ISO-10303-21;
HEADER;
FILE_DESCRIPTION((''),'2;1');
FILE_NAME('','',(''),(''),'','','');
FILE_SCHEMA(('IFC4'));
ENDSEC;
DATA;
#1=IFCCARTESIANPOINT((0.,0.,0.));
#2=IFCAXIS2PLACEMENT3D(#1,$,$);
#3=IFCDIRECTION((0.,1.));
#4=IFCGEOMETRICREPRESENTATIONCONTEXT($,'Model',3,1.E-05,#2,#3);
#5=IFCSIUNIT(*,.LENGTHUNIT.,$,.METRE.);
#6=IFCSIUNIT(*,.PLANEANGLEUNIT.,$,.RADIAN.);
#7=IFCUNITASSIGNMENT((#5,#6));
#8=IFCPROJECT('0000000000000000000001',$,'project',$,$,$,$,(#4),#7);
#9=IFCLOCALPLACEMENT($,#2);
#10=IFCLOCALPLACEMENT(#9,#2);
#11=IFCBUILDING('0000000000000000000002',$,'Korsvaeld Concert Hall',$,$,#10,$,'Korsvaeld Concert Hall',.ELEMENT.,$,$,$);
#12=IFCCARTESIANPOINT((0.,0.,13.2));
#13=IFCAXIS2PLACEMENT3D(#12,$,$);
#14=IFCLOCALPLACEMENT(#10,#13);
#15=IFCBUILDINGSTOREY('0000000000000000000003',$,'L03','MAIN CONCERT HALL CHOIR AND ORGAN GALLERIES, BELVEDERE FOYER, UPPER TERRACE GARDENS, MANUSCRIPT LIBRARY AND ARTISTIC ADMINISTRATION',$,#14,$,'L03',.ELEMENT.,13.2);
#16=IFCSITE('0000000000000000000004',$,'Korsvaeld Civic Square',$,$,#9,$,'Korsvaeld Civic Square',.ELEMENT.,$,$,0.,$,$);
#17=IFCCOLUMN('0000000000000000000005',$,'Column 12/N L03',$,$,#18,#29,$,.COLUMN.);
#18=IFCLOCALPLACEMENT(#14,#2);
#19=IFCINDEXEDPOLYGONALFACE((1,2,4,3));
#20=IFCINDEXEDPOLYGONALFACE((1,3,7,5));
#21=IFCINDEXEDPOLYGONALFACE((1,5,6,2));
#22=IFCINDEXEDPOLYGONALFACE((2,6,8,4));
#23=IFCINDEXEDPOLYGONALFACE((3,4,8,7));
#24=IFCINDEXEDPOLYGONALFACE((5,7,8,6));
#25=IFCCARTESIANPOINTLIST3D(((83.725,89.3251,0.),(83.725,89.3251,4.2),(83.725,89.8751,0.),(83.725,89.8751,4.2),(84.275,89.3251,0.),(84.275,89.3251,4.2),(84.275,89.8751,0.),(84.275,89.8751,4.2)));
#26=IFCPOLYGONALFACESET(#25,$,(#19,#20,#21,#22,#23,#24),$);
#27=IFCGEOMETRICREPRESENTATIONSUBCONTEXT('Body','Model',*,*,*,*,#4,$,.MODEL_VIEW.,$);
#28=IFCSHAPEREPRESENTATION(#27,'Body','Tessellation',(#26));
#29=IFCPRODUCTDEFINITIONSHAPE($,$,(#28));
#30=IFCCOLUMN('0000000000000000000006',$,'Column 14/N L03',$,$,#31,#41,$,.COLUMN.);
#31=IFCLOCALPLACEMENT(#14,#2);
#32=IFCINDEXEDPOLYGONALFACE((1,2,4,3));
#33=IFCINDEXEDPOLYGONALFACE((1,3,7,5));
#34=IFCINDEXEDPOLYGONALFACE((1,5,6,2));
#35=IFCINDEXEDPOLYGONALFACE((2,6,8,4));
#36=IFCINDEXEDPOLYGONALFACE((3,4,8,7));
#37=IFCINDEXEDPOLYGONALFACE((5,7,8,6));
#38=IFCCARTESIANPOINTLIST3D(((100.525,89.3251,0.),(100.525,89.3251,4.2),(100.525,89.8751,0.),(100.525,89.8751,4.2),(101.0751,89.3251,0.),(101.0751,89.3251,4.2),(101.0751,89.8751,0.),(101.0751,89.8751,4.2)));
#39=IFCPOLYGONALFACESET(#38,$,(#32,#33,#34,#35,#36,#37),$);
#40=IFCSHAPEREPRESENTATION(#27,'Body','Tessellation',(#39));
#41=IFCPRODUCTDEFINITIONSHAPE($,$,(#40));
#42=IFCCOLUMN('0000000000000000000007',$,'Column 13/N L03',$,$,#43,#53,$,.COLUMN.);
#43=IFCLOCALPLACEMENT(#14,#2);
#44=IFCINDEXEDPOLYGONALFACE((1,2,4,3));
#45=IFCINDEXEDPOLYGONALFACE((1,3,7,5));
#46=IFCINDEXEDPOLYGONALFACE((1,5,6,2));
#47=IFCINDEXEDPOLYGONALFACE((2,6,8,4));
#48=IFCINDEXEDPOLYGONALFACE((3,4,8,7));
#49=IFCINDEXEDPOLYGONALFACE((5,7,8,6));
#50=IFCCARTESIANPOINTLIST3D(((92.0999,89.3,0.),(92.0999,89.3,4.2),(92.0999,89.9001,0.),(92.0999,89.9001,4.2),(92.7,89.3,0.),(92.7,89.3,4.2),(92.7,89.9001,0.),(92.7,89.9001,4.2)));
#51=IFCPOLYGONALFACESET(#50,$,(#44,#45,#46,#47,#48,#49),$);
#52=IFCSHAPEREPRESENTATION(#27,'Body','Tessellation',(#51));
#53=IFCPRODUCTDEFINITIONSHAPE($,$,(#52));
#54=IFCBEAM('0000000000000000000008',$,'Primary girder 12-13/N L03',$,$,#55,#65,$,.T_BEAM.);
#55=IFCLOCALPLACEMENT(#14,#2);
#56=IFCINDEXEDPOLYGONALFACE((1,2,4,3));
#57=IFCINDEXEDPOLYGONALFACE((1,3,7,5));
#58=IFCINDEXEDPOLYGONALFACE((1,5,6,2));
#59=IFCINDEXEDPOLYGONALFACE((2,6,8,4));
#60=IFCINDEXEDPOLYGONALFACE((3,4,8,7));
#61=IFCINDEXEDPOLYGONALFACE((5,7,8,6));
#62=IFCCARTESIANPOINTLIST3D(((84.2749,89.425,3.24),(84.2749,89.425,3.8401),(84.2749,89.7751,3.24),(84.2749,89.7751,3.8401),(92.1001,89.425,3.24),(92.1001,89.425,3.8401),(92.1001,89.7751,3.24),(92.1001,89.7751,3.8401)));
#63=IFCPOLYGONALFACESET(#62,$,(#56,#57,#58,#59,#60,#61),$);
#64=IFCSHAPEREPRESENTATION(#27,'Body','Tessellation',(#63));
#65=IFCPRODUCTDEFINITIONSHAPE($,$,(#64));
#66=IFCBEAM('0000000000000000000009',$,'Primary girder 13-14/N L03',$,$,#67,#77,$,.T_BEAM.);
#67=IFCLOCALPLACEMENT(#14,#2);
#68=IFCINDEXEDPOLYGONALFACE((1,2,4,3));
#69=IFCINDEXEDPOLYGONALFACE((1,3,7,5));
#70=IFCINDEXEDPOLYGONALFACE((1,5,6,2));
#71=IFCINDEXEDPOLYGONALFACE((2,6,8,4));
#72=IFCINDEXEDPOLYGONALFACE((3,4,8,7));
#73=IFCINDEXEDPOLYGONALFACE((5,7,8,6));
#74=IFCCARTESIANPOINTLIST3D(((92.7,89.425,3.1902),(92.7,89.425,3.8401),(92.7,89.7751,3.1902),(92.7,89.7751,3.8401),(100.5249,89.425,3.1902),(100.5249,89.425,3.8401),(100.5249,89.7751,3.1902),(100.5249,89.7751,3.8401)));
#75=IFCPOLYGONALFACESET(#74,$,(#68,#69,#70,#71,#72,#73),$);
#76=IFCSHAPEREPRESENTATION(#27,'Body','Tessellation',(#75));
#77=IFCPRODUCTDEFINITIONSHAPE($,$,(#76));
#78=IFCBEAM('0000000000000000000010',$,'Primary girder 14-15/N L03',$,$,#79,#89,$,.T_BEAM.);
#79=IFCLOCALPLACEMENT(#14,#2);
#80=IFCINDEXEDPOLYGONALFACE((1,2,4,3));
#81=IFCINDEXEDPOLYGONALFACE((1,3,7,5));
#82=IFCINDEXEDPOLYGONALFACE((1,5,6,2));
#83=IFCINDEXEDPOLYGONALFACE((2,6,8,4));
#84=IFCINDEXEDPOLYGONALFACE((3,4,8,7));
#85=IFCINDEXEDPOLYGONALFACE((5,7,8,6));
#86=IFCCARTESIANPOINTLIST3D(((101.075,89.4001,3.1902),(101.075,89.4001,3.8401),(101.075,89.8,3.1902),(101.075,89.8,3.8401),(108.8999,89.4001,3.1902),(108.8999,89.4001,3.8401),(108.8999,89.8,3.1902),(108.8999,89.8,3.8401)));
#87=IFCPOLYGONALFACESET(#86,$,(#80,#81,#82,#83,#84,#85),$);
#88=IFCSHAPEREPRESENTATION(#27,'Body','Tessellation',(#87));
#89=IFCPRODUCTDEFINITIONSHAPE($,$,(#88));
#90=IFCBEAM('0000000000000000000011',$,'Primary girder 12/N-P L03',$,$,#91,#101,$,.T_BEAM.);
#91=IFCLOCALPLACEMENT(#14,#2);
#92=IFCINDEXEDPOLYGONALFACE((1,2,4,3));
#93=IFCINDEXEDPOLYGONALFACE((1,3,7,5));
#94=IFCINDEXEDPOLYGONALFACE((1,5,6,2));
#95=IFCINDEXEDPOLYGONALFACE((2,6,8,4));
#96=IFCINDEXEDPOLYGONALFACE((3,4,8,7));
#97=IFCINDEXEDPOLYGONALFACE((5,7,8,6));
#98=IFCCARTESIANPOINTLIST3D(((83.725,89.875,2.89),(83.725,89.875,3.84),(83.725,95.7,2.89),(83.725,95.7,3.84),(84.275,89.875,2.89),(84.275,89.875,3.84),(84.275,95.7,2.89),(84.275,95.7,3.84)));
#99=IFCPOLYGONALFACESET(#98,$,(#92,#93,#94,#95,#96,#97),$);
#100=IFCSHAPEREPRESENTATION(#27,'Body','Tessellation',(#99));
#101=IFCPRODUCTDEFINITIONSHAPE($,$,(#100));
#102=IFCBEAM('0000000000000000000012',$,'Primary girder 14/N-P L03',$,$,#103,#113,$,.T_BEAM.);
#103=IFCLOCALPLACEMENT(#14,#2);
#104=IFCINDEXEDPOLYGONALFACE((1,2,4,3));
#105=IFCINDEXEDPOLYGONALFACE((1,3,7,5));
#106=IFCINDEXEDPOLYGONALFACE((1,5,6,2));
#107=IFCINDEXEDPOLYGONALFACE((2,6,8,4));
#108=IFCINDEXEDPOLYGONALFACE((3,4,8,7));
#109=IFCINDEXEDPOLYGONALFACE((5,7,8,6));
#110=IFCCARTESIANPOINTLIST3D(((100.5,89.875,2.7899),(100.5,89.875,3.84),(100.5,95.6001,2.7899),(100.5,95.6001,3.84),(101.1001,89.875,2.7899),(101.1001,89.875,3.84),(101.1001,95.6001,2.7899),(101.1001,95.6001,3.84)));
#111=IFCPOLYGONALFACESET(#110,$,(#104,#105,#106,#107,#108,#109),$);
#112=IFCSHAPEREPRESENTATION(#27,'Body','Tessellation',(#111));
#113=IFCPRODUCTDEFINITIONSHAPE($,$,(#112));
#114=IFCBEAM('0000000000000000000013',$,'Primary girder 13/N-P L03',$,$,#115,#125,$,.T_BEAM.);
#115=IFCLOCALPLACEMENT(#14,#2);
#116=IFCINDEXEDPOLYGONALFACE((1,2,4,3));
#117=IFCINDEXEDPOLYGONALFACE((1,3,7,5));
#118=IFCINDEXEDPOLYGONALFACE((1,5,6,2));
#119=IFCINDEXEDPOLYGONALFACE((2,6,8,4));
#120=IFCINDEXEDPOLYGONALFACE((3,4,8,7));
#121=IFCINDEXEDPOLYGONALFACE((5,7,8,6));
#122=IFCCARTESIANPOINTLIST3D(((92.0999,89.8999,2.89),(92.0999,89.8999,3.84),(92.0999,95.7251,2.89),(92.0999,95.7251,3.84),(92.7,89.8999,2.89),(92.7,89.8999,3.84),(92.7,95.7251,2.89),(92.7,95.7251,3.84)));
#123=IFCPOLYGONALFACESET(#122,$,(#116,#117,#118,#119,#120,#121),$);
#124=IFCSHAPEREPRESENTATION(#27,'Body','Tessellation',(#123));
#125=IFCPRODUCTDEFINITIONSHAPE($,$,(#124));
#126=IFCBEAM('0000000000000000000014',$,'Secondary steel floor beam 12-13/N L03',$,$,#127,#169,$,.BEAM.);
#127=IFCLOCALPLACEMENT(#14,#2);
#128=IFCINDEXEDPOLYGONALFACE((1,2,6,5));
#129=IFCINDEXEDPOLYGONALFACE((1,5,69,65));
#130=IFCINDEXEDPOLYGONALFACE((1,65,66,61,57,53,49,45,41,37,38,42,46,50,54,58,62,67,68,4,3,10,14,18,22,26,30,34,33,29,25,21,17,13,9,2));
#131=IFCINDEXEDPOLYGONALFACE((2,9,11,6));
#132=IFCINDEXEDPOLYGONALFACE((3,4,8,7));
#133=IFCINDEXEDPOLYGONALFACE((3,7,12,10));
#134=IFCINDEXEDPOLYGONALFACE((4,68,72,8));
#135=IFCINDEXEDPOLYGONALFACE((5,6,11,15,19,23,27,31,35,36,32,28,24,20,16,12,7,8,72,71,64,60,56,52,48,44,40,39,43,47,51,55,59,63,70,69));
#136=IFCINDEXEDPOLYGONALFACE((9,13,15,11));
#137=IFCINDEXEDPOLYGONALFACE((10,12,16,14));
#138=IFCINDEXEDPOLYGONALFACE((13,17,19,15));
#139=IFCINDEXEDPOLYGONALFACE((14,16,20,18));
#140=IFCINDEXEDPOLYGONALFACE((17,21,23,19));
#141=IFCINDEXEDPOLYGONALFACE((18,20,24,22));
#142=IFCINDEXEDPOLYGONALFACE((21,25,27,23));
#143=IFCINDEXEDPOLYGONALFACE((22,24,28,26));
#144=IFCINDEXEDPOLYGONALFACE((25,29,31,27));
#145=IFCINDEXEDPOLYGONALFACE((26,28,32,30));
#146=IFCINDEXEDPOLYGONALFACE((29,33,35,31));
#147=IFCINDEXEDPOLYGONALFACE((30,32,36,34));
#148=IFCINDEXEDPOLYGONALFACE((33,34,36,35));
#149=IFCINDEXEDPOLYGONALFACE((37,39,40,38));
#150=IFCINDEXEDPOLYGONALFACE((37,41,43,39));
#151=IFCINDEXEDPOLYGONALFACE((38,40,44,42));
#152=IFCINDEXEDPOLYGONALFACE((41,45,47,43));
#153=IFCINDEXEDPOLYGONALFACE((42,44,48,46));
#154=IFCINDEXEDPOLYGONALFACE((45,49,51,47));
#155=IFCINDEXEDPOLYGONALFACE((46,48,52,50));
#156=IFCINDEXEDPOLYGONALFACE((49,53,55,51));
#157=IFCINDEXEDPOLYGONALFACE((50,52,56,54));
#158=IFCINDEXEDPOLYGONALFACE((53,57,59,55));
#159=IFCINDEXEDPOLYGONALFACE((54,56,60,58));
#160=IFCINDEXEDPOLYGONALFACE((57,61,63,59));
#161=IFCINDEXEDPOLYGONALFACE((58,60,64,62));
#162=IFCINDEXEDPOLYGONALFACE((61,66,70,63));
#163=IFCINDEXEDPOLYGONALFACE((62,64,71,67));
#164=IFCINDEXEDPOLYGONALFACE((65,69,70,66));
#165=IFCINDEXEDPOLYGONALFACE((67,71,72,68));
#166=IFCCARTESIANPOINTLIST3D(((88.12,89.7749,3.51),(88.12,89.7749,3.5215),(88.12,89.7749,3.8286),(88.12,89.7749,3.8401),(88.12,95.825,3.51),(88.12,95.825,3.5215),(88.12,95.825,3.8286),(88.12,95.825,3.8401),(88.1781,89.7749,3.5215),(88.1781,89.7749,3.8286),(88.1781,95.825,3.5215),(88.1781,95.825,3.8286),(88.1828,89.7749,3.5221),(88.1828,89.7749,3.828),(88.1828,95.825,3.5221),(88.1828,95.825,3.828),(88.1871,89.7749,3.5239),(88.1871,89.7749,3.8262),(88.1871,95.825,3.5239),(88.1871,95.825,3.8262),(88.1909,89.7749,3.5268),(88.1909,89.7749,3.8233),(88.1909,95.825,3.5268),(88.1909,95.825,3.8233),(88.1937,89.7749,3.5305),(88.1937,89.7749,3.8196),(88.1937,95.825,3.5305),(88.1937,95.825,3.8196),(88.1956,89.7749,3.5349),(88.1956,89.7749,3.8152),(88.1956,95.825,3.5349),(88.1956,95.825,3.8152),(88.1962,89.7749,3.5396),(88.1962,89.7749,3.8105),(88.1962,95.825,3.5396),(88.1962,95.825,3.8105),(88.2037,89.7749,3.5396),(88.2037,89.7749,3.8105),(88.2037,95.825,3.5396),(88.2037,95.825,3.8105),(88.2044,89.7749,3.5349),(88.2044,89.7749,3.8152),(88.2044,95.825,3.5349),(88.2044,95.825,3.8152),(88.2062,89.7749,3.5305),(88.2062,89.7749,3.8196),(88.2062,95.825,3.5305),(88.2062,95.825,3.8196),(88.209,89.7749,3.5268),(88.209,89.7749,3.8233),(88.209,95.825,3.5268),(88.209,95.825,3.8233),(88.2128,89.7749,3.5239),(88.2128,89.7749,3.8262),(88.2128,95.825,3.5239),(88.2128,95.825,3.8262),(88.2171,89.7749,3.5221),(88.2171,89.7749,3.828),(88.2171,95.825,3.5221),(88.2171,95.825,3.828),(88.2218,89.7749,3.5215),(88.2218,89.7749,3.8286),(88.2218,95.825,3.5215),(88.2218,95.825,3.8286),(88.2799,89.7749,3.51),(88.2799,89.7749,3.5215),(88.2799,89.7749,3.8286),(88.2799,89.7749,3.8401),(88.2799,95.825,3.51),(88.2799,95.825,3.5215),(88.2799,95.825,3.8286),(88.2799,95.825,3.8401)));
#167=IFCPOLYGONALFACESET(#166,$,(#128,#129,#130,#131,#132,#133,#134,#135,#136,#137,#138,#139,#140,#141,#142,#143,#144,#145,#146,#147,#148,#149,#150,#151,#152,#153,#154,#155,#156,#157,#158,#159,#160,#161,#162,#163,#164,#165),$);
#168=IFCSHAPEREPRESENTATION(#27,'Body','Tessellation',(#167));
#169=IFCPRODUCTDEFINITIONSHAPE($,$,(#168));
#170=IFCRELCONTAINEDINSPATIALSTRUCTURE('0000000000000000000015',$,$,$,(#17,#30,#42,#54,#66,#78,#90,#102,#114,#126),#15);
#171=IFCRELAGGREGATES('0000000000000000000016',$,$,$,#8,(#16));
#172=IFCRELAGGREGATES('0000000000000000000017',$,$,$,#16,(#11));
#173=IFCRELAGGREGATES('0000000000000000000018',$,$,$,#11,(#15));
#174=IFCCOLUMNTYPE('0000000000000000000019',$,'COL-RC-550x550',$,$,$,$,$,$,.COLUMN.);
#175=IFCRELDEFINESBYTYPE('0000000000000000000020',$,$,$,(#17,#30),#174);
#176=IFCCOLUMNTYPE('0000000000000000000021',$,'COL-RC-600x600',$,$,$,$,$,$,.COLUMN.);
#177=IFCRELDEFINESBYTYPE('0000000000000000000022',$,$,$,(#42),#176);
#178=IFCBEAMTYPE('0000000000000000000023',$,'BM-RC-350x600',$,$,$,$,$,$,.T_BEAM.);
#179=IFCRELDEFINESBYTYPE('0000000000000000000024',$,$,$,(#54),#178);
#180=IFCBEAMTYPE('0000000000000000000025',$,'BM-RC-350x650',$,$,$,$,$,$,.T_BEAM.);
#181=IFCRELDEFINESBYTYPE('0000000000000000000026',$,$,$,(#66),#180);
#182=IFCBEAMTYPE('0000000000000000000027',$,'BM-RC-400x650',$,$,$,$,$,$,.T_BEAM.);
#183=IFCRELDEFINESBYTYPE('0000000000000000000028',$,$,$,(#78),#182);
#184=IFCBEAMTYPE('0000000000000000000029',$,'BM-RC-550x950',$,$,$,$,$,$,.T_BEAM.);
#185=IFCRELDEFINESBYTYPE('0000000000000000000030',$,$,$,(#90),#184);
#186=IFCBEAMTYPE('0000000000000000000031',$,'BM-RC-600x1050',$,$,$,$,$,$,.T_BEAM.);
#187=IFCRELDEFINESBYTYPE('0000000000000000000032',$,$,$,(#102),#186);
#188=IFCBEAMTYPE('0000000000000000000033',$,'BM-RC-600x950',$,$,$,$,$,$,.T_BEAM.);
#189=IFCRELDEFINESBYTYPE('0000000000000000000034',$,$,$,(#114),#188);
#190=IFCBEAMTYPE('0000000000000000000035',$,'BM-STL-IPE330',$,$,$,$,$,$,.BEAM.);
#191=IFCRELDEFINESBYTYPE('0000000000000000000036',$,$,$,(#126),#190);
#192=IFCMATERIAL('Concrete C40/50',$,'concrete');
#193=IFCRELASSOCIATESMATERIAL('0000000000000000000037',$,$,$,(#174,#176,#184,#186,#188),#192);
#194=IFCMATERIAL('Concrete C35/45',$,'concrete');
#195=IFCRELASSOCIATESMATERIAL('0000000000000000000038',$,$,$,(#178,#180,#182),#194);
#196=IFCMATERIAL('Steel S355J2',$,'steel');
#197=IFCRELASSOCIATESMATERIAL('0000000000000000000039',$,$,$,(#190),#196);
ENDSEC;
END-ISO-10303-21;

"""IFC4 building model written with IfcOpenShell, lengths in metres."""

from ifc_helpers import new_model, si_unit, direction, frame, origin, origin_2d, place, context, subcontext, project, spatial, rectangle, i_section, extrude, material, material_profile, profile_set, type_object, element, save


model = new_model("IFC4")

# Units and contexts
model_context = context("Model", 3, precision=1e-05, world=origin(), true_north=direction((0.0, 1.0)))
body_context = subcontext(model_context, "Body", "Model", "MODEL_VIEW")
ifc_project = project(units=[si_unit("LENGTHUNIT", "METRE"), si_unit("PLANEANGLEUNIT", "RADIAN")], contexts=[model_context])

# Site, building, storey
site_placement = place(None, origin())
site = spatial("IfcSite", under=ifc_project, at=site_placement, Name="Korsvaeld Civic Square", LongName="Korsvaeld Civic Square", CompositionType="ELEMENT", RefElevation=0.0)
building_placement = place(site_placement, origin())
building = spatial("IfcBuilding", under=site, at=building_placement, Name="Korsvaeld Concert Hall", LongName="Korsvaeld Concert Hall", CompositionType="ELEMENT")
storey_placement = place(building_placement, frame((0.0, 0.0, 13.2)))
storey = spatial("IfcBuildingStorey", under=building, at=storey_placement, Name="L03", Description="MAIN CONCERT HALL CHOIR AND ORGAN GALLERIES, BELVEDERE FOYER, UPPER TERRACE GARDENS, MANUSCRIPT LIBRARY AND ARTISTIC ADMINISTRATION", LongName="L03", CompositionType="ELEMENT", Elevation=13.2)

# Columns
ifc_material_1 = material(Name="Concrete C40/50", Category="concrete")
ifc_material_profile_1 = material_profile(ifc_material_1, rectangle(XDim=0.55, YDim=0.55, at=origin_2d()), Name="RC 550x550")
ifc_profile_set_1 = profile_set([ifc_material_profile_1], Name="Concrete C40/50")
column_type_1 = type_object("IfcColumnType", Name="COL-RC-550x550", PredefinedType="COLUMN", material=ifc_profile_set_1)
for number, where, z_axis, x_axis, name in (
    (1, (84.0, 89.6001, 0.0), (0.0, 0.0, 1.0), (1.0, 0.0, 0.0), "Column 12/N L03"),
    (2, (100.8, 89.6001, 0.0), (0.0, 0.0, 1.0), (1.0, 0.0, 0.0), "Column 14/N L03"),
):
    element("IfcColumn", number, at=place(storey_placement, frame(where, z_axis=z_axis, x_axis=x_axis)), inside=storey, type_object=column_type_1, Name=name, PredefinedType="COLUMN", context=body_context, shape_type="SweptSolid", body=[
        extrude(rectangle(XDim=0.55, YDim=0.55, at=origin_2d()), origin(), (0.0, 0.0, 1.0), 4.2),
    ])
ifc_material_profile_2 = material_profile(ifc_material_1, rectangle(XDim=0.6001, YDim=0.6001, at=origin_2d()), Name="RC 600x600")
ifc_profile_set_2 = profile_set([ifc_material_profile_2], Name="Concrete C40/50")
column_type_2 = type_object("IfcColumnType", Name="COL-RC-600x600", PredefinedType="COLUMN", material=ifc_profile_set_2)
column_placement = place(storey_placement, frame((92.3999, 89.6001, 0.0), z_axis=(0.0, 0.0, 1.0), x_axis=(1.0, 0.0, 0.0)))
element("IfcColumn", 3, at=column_placement, inside=storey, type_object=column_type_2, Name="Column 13/N L03", PredefinedType="COLUMN", context=body_context, shape_type="SweptSolid", body=[
    extrude(rectangle(XDim=0.6001, YDim=0.6001, at=origin_2d()), origin(), (0.0, 0.0, 1.0), 4.2),
])

# Beams
ifc_material_2 = material(Name="Concrete C35/45", Category="concrete")
ifc_material_profile_3 = material_profile(ifc_material_2, rectangle(XDim=0.3501, YDim=0.6001, at=origin_2d()), Name="RC 350x600")
ifc_profile_set_3 = profile_set([ifc_material_profile_3], Name="Concrete C35/45")
beam_type_1 = type_object("IfcBeamType", Name="BM-RC-350x600", PredefinedType="T_BEAM", material=ifc_profile_set_3)
beam_1_placement = place(storey_placement, frame((84.2749, 89.6001, 3.54), z_axis=(1.0, 0.0, 0.0), x_axis=(0.0, 1.0, 0.0)))
element("IfcBeam", 4, at=beam_1_placement, inside=storey, type_object=beam_type_1, Name="Primary girder 12-13/N L03", PredefinedType="T_BEAM", context=body_context, shape_type="SweptSolid", body=[
    extrude(rectangle(XDim=0.3501, YDim=0.6001, at=origin_2d()), origin(), (0.0, 0.0, 1.0), 7.8252),
])
ifc_material_profile_4 = material_profile(ifc_material_2, rectangle(XDim=0.3501, YDim=0.6499, at=origin_2d()), Name="RC 350x650")
ifc_profile_set_4 = profile_set([ifc_material_profile_4], Name="Concrete C35/45")
beam_type_2 = type_object("IfcBeamType", Name="BM-RC-350x650", PredefinedType="T_BEAM", material=ifc_profile_set_4)
beam_2_placement = place(storey_placement, frame((92.7, 89.6001, 3.5151), z_axis=(1.0, 0.0, 0.0), x_axis=(0.0, 1.0, 0.0)))
element("IfcBeam", 5, at=beam_2_placement, inside=storey, type_object=beam_type_2, Name="Primary girder 13-14/N L03", PredefinedType="T_BEAM", context=body_context, shape_type="SweptSolid", body=[
    extrude(rectangle(XDim=0.3501, YDim=0.6499, at=origin_2d()), origin(), (0.0, 0.0, 1.0), 7.825),
])
ifc_material_profile_5 = material_profile(ifc_material_2, rectangle(XDim=0.3999, YDim=0.6499, at=origin_2d()), Name="RC 400x650")
ifc_profile_set_5 = profile_set([ifc_material_profile_5], Name="Concrete C35/45")
beam_type_3 = type_object("IfcBeamType", Name="BM-RC-400x650", PredefinedType="T_BEAM", material=ifc_profile_set_5)
beam_3_placement = place(storey_placement, frame((101.075, 89.6001, 3.5151), z_axis=(1.0, 0.0, 0.0), x_axis=(0.0, 1.0, 0.0)))
element("IfcBeam", 6, at=beam_3_placement, inside=storey, type_object=beam_type_3, Name="Primary girder 14-15/N L03", PredefinedType="T_BEAM", context=body_context, shape_type="SweptSolid", body=[
    extrude(rectangle(XDim=0.3999, YDim=0.6499, at=origin_2d()), origin(), (0.0, 0.0, 1.0), 7.825),
])
ifc_material_profile_6 = material_profile(ifc_material_1, rectangle(XDim=0.55, YDim=0.95, at=origin_2d()), Name="RC 550x950")
ifc_profile_set_6 = profile_set([ifc_material_profile_6], Name="Concrete C40/50")
beam_type_4 = type_object("IfcBeamType", Name="BM-RC-550x950", PredefinedType="T_BEAM", material=ifc_profile_set_6)
beam_4_placement = place(storey_placement, frame((84.0, 89.875, 3.365), z_axis=(0.0, 1.0, 0.0), x_axis=(-1.0, 0.0, 0.0)))
element("IfcBeam", 7, at=beam_4_placement, inside=storey, type_object=beam_type_4, Name="Primary girder 12/N-P L03", PredefinedType="T_BEAM", context=body_context, shape_type="SweptSolid", body=[
    extrude(rectangle(XDim=0.55, YDim=0.95, at=origin_2d()), origin(), (0.0, 0.0, 1.0), 5.825),
])
ifc_material_profile_7 = material_profile(ifc_material_1, rectangle(XDim=0.6001, YDim=1.05, at=origin_2d()), Name="RC 600x1050")
ifc_profile_set_7 = profile_set([ifc_material_profile_7], Name="Concrete C40/50")
beam_type_5 = type_object("IfcBeamType", Name="BM-RC-600x1050", PredefinedType="T_BEAM", material=ifc_profile_set_7)
beam_5_placement = place(storey_placement, frame((100.8, 89.875, 3.3149), z_axis=(0.0, 1.0, 0.0), x_axis=(-1.0, 0.0, 0.0)))
element("IfcBeam", 8, at=beam_5_placement, inside=storey, type_object=beam_type_5, Name="Primary girder 14/N-P L03", PredefinedType="T_BEAM", context=body_context, shape_type="SweptSolid", body=[
    extrude(rectangle(XDim=0.6001, YDim=1.05, at=origin_2d()), origin(), (0.0, 0.0, 1.0), 5.7251),
])
ifc_material_profile_8 = material_profile(ifc_material_1, rectangle(XDim=0.6001, YDim=0.95, at=origin_2d()), Name="RC 600x950")
ifc_profile_set_8 = profile_set([ifc_material_profile_8], Name="Concrete C40/50")
beam_type_6 = type_object("IfcBeamType", Name="BM-RC-600x950", PredefinedType="T_BEAM", material=ifc_profile_set_8)
beam_6_placement = place(storey_placement, frame((92.3999, 89.8999, 3.365), z_axis=(0.0, 1.0, 0.0), x_axis=(-1.0, 0.0, 0.0)))
element("IfcBeam", 9, at=beam_6_placement, inside=storey, type_object=beam_type_6, Name="Primary girder 13/N-P L03", PredefinedType="T_BEAM", context=body_context, shape_type="SweptSolid", body=[
    extrude(rectangle(XDim=0.6001, YDim=0.95, at=origin_2d()), origin(), (0.0, 0.0, 1.0), 5.8252),
])
ifc_material_3 = material(Name="Steel S355J2", Category="steel")
ifc_material_profile_9 = material_profile(ifc_material_3, i_section(OverallWidth=0.1599, OverallDepth=0.3301, WebThickness=0.0076, FlangeThickness=0.0115, FilletRadius=0.0181, at=origin_2d()), Name="IPE 330")
ifc_profile_set_9 = profile_set([ifc_material_profile_9], Name="Steel S355J2")
beam_type_7 = type_object("IfcBeamType", Name="BM-STL-IPE330", PredefinedType="BEAM", material=ifc_profile_set_9)
beam_7_placement = place(storey_placement, frame((88.2, 89.7749, 3.675), z_axis=(0.0, 1.0, 0.0), x_axis=(-1.0, 0.0, 0.0)))
element("IfcBeam", 10, at=beam_7_placement, inside=storey, type_object=beam_type_7, Name="Secondary steel floor beam 12-13/N L03", PredefinedType="BEAM", context=body_context, shape_type="SweptSolid", body=[
    extrude(i_section(OverallWidth=0.1599, OverallDepth=0.3301, WebThickness=0.0076, FlangeThickness=0.0115, FilletRadius=0.0181, at=origin_2d()), origin(), (0.0, 0.0, 1.0), 6.05),
])

save(model, "model.ifc")
